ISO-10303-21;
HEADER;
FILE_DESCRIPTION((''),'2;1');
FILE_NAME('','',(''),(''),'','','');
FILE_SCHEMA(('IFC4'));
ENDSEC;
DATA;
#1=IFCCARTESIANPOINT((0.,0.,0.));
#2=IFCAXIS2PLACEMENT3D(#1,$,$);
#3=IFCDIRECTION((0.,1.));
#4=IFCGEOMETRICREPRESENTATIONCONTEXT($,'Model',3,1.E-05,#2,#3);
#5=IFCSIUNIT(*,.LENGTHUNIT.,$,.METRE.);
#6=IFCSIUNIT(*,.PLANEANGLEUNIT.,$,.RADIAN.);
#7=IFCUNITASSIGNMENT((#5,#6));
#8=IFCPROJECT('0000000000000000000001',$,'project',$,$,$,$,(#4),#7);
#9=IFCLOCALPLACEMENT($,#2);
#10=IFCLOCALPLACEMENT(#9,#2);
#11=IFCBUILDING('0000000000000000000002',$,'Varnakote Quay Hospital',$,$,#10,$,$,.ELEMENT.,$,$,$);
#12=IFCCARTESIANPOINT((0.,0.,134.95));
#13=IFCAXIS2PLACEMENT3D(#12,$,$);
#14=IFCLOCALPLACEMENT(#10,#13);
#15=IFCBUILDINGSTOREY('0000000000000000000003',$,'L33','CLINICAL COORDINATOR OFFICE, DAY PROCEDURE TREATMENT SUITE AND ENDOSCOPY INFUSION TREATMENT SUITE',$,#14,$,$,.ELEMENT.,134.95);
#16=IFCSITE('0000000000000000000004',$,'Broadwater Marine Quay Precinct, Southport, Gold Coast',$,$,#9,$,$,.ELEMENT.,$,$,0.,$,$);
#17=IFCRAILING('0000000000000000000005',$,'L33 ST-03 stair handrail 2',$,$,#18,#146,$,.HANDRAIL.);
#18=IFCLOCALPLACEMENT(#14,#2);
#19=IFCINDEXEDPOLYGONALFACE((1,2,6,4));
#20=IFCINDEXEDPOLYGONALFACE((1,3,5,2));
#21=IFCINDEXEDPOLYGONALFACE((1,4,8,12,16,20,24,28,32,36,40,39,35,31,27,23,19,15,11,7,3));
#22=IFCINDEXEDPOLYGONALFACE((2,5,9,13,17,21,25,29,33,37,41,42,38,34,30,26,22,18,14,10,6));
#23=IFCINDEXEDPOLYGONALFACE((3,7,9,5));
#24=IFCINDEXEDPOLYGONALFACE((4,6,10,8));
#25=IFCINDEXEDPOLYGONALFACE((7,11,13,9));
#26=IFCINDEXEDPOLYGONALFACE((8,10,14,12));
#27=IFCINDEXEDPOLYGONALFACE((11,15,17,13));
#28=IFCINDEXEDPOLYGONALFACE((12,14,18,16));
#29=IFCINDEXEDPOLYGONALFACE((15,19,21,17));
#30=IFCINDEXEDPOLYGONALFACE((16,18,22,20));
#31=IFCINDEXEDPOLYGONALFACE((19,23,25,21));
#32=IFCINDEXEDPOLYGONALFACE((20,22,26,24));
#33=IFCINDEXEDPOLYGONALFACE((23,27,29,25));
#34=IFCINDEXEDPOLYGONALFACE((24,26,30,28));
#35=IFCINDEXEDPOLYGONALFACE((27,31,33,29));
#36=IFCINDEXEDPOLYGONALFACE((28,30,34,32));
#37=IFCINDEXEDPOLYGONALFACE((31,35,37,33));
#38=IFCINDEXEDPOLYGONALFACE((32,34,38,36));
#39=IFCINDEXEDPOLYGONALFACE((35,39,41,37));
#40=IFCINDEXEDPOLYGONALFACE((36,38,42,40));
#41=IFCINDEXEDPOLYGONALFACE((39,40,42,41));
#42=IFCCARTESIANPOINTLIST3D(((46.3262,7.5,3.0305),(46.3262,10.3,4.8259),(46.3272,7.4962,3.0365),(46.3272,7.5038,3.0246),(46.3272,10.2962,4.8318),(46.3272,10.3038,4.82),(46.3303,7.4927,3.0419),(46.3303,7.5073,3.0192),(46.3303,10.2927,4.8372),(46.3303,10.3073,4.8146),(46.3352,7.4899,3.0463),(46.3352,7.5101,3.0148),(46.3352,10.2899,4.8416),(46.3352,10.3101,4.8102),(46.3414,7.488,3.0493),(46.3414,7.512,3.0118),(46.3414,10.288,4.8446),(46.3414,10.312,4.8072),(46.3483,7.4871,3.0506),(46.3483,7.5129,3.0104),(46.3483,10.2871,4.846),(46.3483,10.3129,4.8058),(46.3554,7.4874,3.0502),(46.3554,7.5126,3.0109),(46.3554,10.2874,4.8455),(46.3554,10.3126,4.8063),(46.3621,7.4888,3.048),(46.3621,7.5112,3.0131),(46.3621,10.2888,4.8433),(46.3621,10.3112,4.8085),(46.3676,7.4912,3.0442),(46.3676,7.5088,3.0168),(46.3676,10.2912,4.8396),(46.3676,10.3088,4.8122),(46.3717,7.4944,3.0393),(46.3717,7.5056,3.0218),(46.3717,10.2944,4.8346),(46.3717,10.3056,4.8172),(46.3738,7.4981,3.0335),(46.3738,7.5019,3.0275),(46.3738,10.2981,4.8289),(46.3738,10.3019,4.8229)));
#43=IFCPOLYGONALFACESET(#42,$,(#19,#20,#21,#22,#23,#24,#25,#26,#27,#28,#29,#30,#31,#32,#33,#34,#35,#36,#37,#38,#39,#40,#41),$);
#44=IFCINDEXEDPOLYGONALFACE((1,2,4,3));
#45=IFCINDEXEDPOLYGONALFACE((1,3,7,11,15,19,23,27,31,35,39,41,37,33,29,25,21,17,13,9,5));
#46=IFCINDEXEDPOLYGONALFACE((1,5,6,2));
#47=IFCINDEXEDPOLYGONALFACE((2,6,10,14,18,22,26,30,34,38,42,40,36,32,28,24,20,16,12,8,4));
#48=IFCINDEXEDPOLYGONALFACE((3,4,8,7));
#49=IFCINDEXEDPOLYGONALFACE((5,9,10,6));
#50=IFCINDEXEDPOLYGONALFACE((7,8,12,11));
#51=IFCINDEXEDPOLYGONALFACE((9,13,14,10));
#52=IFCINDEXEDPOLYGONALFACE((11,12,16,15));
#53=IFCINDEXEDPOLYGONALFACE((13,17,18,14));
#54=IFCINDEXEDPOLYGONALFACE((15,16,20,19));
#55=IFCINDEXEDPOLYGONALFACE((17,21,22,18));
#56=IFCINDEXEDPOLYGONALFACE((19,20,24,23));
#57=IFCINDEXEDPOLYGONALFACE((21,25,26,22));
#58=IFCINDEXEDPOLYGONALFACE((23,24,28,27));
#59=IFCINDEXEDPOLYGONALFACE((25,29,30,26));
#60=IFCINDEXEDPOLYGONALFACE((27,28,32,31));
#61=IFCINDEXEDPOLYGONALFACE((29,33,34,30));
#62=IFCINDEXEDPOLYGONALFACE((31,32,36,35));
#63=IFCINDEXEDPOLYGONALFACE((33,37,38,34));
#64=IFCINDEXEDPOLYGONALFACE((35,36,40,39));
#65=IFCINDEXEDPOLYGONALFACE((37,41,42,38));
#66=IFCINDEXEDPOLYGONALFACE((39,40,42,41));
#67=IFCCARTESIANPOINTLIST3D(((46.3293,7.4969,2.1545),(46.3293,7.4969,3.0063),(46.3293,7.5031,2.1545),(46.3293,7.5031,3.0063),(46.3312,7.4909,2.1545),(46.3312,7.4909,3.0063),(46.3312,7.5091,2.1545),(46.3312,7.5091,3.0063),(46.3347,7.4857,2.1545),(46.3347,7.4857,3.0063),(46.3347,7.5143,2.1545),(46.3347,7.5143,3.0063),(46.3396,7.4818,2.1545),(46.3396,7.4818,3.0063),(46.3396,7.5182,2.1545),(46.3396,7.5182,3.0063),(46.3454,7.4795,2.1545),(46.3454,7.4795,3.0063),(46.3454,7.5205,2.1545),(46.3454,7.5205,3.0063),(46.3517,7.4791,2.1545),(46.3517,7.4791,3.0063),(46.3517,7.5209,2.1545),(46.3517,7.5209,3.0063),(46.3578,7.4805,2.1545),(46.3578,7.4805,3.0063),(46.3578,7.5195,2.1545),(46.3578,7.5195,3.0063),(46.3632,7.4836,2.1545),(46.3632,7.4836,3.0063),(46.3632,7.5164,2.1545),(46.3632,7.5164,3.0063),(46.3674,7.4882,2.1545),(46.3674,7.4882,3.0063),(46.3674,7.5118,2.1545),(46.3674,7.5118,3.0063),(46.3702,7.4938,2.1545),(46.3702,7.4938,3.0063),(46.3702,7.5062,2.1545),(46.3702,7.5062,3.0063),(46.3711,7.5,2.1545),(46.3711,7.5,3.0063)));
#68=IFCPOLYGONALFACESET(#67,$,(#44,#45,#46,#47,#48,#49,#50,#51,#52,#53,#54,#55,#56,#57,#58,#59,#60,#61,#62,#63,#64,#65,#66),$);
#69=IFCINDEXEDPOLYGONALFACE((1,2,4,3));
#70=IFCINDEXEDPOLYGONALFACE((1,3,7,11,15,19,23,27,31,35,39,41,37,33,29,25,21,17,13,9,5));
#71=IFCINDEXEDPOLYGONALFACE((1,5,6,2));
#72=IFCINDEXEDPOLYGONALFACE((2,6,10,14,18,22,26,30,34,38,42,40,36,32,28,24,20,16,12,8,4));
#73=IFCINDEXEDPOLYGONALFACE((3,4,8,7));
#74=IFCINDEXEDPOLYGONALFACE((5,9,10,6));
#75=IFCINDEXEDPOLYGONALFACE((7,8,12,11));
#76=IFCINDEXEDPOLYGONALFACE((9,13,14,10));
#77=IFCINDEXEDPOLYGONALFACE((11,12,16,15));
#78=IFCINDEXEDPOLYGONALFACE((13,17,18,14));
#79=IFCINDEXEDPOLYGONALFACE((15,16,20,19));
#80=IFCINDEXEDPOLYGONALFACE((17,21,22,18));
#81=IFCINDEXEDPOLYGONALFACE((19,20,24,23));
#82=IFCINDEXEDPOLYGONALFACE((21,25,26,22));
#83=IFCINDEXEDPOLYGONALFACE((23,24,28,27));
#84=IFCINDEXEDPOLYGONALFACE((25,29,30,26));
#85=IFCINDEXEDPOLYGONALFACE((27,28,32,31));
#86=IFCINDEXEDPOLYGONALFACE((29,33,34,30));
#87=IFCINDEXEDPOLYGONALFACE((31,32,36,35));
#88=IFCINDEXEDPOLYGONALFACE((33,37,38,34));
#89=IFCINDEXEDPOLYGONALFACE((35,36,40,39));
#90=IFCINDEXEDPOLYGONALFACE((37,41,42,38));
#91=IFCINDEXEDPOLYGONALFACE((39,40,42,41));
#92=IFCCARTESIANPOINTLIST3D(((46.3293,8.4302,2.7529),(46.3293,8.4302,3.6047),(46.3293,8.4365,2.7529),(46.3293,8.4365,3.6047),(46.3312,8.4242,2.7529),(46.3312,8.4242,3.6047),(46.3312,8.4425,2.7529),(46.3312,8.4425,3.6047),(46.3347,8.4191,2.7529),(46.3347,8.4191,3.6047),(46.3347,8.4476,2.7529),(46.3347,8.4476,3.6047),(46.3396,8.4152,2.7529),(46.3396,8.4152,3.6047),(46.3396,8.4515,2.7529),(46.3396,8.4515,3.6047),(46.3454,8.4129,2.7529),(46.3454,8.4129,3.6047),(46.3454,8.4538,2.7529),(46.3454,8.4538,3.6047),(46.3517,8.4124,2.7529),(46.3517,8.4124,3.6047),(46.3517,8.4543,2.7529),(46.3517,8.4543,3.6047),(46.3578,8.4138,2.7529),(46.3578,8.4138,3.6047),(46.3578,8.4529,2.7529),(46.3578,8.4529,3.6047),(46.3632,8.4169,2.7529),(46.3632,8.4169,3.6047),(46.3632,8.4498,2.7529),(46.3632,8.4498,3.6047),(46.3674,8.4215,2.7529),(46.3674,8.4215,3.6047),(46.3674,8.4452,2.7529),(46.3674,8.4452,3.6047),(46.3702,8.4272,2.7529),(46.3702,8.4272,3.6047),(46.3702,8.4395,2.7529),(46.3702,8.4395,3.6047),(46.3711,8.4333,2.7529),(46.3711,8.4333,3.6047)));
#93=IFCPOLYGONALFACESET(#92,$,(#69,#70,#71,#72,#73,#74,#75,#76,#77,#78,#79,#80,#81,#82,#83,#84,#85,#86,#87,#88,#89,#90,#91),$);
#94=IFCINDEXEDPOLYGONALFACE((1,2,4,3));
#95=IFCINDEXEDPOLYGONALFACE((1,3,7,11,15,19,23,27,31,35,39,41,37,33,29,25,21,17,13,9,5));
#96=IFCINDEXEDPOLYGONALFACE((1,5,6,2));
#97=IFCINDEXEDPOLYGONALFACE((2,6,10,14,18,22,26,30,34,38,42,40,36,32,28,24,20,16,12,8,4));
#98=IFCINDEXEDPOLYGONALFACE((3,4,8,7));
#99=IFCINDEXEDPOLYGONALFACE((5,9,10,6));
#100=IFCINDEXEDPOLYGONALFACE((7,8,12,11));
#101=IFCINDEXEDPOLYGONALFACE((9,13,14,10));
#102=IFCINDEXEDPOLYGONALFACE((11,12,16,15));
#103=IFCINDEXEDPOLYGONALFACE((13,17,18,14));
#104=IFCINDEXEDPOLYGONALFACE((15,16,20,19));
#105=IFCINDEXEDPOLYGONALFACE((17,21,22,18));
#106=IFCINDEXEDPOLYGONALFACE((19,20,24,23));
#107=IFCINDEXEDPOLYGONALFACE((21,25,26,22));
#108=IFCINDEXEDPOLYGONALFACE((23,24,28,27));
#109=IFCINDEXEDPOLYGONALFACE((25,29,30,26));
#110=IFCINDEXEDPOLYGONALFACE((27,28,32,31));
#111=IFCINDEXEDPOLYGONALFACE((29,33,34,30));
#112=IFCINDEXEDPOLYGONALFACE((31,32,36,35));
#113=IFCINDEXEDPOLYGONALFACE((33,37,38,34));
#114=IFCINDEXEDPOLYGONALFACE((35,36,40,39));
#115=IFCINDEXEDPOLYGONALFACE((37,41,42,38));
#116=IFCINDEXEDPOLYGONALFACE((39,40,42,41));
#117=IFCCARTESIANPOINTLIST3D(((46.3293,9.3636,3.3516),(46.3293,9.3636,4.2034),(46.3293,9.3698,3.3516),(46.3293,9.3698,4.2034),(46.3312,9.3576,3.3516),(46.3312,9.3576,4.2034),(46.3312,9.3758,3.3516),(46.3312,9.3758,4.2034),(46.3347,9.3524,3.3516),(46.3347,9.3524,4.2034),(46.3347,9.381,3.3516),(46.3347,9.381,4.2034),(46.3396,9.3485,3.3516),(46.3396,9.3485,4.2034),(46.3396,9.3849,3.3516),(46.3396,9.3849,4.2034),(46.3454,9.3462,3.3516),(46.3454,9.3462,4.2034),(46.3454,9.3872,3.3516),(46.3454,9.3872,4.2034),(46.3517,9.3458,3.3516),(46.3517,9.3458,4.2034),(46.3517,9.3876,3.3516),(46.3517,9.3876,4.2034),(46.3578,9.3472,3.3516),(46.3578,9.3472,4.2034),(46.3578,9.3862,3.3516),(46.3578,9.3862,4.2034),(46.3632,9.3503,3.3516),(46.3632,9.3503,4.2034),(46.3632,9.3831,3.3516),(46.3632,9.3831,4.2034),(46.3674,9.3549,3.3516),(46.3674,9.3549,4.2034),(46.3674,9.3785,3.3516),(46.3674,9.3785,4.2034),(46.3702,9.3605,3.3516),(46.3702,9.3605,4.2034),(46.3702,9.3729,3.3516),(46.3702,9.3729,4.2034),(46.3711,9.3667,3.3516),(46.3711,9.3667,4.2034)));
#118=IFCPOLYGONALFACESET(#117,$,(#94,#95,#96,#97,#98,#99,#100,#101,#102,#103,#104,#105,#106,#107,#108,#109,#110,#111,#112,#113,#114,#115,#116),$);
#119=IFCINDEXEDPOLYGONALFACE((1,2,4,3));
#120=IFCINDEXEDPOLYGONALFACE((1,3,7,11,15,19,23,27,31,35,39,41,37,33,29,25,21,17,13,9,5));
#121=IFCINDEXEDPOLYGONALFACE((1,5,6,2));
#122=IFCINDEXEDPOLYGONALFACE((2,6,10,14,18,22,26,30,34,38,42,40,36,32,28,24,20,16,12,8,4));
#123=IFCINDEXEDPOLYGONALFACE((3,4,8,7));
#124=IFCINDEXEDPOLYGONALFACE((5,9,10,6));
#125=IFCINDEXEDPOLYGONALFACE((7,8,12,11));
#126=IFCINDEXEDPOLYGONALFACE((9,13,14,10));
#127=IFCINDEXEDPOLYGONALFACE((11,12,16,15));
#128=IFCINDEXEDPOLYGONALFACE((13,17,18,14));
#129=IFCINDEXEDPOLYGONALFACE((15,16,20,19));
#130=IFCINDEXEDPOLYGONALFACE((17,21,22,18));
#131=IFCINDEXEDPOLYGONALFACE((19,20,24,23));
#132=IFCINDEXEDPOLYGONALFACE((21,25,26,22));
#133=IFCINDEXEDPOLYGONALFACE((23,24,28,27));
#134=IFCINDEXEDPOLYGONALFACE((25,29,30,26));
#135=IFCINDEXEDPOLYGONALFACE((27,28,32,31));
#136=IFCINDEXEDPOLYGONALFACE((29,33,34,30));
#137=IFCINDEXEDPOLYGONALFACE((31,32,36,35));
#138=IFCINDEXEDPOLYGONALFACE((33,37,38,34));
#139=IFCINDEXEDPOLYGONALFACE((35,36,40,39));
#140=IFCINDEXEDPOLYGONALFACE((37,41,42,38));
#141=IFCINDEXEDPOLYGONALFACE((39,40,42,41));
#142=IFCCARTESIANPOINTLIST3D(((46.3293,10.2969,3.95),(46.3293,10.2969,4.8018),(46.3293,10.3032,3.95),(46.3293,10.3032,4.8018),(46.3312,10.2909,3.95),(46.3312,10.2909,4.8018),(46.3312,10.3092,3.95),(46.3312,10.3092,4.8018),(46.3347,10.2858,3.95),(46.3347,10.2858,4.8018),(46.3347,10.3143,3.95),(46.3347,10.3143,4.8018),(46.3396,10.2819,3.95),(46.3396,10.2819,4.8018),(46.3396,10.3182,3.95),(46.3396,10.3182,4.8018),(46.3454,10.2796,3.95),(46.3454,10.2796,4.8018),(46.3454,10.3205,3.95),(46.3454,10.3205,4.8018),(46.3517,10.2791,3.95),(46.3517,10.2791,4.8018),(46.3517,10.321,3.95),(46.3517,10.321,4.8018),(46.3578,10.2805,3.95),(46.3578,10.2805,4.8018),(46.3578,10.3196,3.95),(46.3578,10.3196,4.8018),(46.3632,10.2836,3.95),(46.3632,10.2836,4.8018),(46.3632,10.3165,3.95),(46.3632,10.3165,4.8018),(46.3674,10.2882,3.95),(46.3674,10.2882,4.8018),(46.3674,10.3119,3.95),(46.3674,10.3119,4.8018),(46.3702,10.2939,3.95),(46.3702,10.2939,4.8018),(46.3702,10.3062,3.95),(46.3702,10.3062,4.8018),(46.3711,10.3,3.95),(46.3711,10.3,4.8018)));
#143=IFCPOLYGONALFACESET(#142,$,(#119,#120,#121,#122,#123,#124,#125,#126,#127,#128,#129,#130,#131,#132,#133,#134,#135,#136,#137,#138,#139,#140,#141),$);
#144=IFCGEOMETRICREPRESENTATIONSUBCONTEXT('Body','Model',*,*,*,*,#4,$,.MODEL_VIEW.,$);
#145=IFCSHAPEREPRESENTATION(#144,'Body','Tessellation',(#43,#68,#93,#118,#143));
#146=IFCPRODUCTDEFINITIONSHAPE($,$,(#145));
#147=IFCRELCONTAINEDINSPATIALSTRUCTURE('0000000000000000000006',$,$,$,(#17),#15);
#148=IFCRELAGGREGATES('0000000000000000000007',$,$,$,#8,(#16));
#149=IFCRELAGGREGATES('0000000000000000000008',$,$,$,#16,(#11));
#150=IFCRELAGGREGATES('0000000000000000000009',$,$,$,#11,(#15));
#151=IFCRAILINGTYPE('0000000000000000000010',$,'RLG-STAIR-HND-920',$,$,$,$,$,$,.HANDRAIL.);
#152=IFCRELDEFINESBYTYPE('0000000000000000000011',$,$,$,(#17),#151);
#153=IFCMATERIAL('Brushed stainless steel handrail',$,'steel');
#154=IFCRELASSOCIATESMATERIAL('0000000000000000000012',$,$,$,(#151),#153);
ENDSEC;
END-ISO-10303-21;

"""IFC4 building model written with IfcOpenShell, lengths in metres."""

from ifc_helpers import new_model, si_unit, direction, frame, origin, origin_2d, place, context, subcontext, project, spatial, circle, extrude, material, type_object, element, save


model = new_model("IFC4")

# Units and contexts
model_context = context("Model", 3, precision=1e-05, world=origin(), true_north=direction((0.0, 1.0)))
body_context = subcontext(model_context, "Body", "Model", "MODEL_VIEW")
ifc_project = project(units=[si_unit("LENGTHUNIT", "METRE"), si_unit("PLANEANGLEUNIT", "RADIAN")], contexts=[model_context])

# Site, building, storey
site_placement = place(None, origin())
site = spatial("IfcSite", under=ifc_project, at=site_placement, Name="Broadwater Marine Quay Precinct, Southport, Gold Coast", CompositionType="ELEMENT", RefElevation=0.0)
building_placement = place(site_placement, origin())
building = spatial("IfcBuilding", under=site, at=building_placement, Name="Varnakote Quay Hospital", CompositionType="ELEMENT")
storey_placement = place(building_placement, frame((0.0, 0.0, 134.95)))
storey = spatial("IfcBuildingStorey", under=building, at=storey_placement, Name="L33", Description="CLINICAL COORDINATOR OFFICE, DAY PROCEDURE TREATMENT SUITE AND ENDOSCOPY INFUSION TREATMENT SUITE", CompositionType="ELEMENT", Elevation=134.95)

# Railing
ifc_material_1 = material(Name="Brushed stainless steel handrail", Category="steel")
railing_type_1 = type_object("IfcRailingType", Name="RLG-STAIR-HND-920", PredefinedType="HANDRAIL", material=ifc_material_1)
railing_1_placement = place(storey_placement, frame((46.3501, 7.5, 2.1545)))
element("IfcRailing", 1, at=railing_1_placement, inside=storey, type_object=railing_type_1, Name="L33 ST-03 stair handrail 2", PredefinedType="HANDRAIL", context=body_context, shape_type="SweptSolid", body=[
    extrude(circle(Radius=0.0239, at=origin_2d()), frame((0.0, 0.0, 0.876), z_axis=(0.0, 0.84181, 0.539774), x_axis=(-1.0, 0.0, 0.0)), (0.0, 0.0, 1.0), 3.3262),
    extrude(circle(Radius=0.021, at=origin_2d()), origin(), (0.0, 0.0, 1.0), 0.8518),
    extrude(circle(Radius=0.021, at=origin_2d()), frame((0.0, 0.9333, 0.5984)), (0.0, 0.0, 1.0), 0.8518),
    extrude(circle(Radius=0.021, at=origin_2d()), frame((0.0, 1.8667, 1.197)), (0.0, 0.0, 1.0), 0.8518),
    extrude(circle(Radius=0.021, at=origin_2d()), frame((0.0, 2.8, 1.7954)), (0.0, 0.0, 1.0), 0.8518),
])

save(model, "model.ifc")
